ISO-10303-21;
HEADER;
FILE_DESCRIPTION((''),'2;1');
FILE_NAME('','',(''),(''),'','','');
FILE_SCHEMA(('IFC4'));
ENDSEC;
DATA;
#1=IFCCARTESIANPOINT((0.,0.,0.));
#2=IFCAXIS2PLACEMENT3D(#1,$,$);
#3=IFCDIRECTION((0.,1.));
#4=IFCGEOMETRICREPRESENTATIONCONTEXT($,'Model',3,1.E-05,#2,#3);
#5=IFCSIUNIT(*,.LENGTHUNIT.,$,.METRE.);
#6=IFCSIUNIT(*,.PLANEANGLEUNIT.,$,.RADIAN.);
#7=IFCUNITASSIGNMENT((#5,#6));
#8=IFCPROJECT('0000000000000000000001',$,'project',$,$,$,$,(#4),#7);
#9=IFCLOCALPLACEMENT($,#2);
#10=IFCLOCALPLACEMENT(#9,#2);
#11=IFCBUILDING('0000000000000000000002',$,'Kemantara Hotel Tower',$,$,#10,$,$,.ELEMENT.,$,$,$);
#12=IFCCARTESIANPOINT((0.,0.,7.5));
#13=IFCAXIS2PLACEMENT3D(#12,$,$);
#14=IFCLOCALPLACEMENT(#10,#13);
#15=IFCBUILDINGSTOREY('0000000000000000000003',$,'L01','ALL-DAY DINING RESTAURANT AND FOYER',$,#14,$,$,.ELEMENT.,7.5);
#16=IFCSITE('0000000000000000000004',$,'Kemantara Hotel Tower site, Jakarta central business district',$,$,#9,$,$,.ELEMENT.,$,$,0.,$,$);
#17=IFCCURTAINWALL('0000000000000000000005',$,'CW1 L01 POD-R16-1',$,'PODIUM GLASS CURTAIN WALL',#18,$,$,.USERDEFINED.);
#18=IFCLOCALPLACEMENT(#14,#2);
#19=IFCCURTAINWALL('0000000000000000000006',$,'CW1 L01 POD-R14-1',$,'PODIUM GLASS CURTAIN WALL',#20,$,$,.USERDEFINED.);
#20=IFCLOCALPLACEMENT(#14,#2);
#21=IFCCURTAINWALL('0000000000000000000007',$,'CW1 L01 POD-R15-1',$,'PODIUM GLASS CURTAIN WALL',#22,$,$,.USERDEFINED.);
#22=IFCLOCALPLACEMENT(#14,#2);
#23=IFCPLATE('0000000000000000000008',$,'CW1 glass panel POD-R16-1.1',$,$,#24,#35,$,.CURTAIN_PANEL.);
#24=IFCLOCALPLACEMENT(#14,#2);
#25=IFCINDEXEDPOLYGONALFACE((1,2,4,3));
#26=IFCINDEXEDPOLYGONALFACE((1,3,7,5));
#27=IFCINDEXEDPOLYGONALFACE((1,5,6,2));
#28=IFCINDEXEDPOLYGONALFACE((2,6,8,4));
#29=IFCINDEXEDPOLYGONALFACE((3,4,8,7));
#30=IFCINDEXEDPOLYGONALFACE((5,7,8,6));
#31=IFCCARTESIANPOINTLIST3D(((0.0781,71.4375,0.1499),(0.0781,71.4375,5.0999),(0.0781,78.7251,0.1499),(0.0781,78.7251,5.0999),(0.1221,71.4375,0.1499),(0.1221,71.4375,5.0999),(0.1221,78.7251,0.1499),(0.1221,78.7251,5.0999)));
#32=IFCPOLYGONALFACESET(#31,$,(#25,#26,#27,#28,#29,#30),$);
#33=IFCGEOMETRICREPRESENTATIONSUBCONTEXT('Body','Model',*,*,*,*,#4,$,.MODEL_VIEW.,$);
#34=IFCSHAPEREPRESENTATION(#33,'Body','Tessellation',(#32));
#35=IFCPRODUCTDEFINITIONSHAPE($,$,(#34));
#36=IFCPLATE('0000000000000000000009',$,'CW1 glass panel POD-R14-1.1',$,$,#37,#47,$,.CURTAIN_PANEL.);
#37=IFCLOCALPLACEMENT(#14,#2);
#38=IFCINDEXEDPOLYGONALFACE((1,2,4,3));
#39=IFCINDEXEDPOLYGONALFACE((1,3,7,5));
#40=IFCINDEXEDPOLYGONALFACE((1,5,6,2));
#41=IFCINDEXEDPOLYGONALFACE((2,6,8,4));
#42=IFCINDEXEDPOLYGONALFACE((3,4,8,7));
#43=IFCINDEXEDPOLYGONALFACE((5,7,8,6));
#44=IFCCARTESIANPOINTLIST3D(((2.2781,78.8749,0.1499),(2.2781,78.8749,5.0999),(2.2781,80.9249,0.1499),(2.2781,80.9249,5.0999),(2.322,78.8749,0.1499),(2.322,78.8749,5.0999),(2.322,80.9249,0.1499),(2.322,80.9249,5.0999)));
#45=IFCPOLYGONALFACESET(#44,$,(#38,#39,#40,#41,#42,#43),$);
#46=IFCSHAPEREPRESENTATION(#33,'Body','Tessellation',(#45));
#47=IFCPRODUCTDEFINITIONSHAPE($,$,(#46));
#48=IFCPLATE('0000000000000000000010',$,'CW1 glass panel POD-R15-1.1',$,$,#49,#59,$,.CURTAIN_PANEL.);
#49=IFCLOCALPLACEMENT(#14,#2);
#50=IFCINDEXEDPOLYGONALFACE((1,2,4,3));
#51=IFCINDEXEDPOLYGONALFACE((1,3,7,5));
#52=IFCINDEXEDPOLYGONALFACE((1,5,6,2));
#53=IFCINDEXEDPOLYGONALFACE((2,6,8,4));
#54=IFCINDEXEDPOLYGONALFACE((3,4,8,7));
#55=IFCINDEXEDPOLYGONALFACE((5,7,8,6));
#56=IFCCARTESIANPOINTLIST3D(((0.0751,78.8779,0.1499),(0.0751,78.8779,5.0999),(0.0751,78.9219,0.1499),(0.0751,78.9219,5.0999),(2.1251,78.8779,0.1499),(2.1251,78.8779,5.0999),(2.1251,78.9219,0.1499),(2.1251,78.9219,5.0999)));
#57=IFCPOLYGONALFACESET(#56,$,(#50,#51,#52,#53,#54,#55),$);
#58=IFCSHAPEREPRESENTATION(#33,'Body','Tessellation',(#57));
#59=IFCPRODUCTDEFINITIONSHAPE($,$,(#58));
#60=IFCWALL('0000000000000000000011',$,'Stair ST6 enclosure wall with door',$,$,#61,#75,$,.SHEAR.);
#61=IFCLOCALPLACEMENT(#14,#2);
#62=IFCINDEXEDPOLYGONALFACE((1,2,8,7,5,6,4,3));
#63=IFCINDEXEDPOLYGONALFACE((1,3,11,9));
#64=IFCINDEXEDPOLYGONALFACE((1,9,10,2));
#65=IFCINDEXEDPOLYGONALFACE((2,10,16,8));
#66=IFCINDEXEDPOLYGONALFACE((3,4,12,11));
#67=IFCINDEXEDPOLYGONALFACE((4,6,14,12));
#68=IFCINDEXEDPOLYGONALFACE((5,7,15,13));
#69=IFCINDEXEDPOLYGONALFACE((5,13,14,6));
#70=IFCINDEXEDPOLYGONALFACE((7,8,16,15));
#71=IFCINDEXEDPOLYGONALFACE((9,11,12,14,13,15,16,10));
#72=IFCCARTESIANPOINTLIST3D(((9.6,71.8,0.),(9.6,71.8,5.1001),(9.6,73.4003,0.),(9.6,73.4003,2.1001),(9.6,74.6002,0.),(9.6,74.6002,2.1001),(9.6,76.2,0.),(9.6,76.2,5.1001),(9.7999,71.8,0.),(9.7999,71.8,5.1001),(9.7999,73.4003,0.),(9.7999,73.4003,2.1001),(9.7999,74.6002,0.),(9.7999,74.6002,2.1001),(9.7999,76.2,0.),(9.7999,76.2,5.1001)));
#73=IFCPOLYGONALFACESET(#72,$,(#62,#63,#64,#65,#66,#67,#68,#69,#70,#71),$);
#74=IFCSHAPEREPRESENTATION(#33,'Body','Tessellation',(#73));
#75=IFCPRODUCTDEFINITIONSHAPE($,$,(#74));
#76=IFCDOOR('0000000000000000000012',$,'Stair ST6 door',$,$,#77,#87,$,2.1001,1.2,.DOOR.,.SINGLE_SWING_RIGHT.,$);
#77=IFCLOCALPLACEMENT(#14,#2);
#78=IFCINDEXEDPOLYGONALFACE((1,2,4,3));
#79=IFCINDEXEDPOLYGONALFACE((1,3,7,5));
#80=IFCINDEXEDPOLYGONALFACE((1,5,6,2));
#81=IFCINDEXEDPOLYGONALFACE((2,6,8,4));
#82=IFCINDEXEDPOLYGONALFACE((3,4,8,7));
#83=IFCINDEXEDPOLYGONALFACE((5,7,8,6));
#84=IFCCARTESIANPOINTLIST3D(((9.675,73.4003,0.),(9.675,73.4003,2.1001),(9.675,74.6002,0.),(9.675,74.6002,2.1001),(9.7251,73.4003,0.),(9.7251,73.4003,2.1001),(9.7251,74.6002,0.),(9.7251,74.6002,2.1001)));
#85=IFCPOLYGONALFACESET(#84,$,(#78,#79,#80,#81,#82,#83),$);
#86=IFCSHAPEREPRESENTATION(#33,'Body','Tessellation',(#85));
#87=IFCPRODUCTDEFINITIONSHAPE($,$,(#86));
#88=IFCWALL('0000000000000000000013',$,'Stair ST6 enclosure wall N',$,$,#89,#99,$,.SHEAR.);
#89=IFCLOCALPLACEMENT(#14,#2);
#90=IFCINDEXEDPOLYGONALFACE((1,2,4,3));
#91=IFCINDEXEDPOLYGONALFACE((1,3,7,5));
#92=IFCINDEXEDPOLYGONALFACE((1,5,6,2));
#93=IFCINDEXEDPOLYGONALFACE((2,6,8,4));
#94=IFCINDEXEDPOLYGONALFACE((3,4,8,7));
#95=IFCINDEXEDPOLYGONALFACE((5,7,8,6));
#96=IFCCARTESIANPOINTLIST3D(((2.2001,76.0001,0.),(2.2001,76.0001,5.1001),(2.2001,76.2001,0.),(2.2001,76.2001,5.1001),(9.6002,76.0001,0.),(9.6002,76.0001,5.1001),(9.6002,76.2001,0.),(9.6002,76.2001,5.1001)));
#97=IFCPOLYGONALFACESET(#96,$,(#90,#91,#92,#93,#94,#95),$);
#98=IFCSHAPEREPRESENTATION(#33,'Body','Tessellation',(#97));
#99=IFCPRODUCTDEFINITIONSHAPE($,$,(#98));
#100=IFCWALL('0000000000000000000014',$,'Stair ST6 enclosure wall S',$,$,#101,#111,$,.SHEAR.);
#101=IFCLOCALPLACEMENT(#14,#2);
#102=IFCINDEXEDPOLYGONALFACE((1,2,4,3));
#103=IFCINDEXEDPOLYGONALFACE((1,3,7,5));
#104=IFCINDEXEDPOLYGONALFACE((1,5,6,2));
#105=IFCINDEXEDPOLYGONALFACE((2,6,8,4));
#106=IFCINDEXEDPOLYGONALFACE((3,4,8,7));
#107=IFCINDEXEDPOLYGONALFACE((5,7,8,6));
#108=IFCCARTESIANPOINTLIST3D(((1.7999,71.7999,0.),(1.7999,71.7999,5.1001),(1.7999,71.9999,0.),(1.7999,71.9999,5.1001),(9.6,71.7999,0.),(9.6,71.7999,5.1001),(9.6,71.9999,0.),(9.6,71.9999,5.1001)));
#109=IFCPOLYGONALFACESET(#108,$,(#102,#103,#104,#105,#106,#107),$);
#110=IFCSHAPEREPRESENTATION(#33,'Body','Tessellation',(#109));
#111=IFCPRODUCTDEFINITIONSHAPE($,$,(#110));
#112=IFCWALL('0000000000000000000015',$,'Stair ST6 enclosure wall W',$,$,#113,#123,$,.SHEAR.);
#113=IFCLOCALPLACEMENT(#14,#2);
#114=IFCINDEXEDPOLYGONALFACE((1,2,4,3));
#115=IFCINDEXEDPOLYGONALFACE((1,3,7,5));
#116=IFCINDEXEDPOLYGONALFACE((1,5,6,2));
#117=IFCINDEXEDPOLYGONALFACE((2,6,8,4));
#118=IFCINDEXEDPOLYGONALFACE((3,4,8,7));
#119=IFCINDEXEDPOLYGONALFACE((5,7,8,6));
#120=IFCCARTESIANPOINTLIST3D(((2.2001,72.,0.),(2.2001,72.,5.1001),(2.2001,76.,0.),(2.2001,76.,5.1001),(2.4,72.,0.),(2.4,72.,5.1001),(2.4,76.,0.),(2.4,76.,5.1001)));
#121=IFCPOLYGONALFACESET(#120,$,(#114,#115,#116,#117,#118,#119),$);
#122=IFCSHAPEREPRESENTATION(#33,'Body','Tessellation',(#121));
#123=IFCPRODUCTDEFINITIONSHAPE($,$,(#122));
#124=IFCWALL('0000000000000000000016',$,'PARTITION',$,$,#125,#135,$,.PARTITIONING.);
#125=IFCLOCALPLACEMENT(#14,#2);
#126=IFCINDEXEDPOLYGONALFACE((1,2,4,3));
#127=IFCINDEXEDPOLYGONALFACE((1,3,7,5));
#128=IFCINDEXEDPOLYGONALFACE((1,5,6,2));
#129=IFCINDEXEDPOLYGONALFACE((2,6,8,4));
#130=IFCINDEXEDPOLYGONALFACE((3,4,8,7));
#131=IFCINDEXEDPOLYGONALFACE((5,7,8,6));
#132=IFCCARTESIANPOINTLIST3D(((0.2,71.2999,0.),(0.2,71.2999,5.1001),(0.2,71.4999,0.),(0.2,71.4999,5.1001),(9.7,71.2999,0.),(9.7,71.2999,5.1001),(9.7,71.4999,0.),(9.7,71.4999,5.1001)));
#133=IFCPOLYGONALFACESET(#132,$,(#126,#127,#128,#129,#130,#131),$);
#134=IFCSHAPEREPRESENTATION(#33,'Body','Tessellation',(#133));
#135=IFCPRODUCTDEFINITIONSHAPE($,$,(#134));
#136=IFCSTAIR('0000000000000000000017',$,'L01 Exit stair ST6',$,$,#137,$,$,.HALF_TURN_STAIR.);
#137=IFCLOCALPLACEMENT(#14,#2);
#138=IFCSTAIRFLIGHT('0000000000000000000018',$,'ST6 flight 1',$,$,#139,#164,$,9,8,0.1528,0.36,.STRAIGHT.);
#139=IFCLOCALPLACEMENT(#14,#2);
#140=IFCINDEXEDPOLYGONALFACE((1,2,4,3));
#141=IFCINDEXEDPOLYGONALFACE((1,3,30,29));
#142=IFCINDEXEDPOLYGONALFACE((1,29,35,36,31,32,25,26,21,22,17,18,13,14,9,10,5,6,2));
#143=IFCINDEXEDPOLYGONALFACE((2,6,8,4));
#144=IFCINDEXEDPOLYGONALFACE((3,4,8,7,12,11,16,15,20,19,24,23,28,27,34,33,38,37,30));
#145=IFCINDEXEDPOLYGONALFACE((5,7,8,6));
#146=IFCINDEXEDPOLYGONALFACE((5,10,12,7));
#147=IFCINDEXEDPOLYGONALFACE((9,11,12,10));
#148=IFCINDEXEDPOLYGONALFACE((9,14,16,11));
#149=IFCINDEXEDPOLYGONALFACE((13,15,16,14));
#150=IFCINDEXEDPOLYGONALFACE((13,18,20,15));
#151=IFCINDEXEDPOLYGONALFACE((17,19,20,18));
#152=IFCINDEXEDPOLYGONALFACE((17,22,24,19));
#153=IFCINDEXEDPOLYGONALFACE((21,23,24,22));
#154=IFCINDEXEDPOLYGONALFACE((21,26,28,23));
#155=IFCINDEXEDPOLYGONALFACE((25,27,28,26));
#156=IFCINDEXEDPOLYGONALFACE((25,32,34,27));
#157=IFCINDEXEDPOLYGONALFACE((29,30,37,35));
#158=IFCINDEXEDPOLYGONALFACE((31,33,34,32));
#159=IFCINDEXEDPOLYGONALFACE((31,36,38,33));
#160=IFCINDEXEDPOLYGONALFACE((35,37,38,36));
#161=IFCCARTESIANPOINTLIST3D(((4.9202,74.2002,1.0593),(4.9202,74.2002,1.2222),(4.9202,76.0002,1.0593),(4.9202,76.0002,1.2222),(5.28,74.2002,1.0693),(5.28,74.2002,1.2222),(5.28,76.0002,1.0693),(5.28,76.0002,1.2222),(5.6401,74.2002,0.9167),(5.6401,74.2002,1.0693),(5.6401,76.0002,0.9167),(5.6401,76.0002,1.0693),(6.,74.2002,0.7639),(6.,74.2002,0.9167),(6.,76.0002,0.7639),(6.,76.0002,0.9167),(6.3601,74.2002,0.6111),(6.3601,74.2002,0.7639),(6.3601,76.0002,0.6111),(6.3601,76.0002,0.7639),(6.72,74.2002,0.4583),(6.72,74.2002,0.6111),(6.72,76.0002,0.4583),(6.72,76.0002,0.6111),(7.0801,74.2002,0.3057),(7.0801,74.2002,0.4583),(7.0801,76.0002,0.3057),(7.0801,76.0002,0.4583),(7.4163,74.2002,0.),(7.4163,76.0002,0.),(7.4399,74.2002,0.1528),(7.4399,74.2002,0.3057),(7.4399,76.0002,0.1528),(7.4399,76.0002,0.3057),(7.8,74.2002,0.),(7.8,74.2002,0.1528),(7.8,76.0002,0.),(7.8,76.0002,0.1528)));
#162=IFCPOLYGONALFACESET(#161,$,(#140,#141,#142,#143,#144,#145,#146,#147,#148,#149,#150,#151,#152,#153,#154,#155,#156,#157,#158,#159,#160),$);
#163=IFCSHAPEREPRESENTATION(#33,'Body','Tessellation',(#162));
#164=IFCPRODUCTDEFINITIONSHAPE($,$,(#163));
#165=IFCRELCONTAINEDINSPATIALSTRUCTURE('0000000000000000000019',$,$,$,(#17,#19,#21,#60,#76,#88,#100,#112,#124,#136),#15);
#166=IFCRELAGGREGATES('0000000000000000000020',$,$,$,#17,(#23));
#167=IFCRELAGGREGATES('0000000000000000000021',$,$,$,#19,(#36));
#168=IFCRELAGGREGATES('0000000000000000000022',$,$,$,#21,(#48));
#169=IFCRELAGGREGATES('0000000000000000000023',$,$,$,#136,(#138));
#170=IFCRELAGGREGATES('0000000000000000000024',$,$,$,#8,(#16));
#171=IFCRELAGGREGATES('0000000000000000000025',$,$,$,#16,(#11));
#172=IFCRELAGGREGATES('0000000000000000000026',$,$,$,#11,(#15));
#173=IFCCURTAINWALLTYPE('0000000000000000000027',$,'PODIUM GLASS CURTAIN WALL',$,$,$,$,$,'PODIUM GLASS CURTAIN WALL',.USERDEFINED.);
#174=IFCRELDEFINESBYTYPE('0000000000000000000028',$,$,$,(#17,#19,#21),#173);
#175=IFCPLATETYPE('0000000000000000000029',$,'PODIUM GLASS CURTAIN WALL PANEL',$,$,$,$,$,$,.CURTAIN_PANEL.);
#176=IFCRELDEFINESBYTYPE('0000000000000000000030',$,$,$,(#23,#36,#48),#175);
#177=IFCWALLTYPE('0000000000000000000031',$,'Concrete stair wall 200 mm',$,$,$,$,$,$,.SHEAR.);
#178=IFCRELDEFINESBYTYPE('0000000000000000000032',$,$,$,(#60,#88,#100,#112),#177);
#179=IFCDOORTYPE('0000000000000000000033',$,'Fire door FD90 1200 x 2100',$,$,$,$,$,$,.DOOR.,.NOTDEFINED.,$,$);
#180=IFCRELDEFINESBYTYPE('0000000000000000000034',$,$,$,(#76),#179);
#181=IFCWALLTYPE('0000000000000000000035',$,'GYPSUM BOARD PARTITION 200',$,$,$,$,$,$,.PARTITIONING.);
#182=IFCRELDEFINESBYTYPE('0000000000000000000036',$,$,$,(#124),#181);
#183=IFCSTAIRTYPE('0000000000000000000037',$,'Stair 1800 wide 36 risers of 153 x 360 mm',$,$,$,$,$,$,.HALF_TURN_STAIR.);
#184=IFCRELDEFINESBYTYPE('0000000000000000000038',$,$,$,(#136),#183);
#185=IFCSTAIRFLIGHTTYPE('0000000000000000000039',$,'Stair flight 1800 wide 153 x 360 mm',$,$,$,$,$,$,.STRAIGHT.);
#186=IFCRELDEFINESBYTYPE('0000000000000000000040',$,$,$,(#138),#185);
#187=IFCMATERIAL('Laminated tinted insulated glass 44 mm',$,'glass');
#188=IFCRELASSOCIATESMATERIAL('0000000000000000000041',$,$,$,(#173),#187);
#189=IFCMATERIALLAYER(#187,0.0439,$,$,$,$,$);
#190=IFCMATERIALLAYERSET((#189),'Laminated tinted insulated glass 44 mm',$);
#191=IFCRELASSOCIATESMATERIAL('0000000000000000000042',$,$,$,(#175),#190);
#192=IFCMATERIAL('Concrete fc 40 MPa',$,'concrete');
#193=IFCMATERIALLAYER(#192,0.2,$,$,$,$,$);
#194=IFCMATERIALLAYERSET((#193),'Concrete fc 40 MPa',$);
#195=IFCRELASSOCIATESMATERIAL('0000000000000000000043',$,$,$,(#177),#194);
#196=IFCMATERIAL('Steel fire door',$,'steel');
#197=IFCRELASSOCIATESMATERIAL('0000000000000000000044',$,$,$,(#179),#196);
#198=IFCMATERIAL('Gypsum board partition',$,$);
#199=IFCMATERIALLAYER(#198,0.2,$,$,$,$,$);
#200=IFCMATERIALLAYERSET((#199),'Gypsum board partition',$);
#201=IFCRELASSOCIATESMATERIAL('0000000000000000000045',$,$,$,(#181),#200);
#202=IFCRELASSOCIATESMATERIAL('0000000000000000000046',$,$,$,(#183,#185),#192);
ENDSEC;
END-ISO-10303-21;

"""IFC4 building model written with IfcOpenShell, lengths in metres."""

from ifc_helpers import new_model, si_unit, direction, frame, frame_2d, origin, origin_2d, place, context, subcontext, project, spatial, polyline, rectangle, outline, extrude, source, transform, mapped, material, layer, layer_set, type_object, element, fill, aggregate, save


model = new_model("IFC4")

# Units and contexts
model_context = context("Model", 3, precision=1e-05, world=origin(), true_north=direction((0.0, 1.0)))
body_context = subcontext(model_context, "Body", "Model", "MODEL_VIEW")
ifc_project = project(units=[si_unit("LENGTHUNIT", "METRE"), si_unit("PLANEANGLEUNIT", "RADIAN")], contexts=[model_context])

# Site, building, storey
site_placement = place(None, origin())
site = spatial("IfcSite", under=ifc_project, at=site_placement, Name="Kemantara Hotel Tower site, Jakarta central business district", CompositionType="ELEMENT", RefElevation=0.0)
building_placement = place(site_placement, origin())
building = spatial("IfcBuilding", under=site, at=building_placement, Name="Kemantara Hotel Tower", CompositionType="ELEMENT")
storey_placement = place(building_placement, frame((0.0, 0.0, 7.5)))
storey = spatial("IfcBuildingStorey", under=building, at=storey_placement, Name="L01", Description="ALL-DAY DINING RESTAURANT AND FOYER", CompositionType="ELEMENT", Elevation=7.5)

# Curtain walls
ifc_material_1 = material(Name="Laminated tinted insulated glass 44 mm", Category="glass")
curtain_wall_type = type_object("IfcCurtainWallType", Name="PODIUM GLASS CURTAIN WALL", ElementType="PODIUM GLASS CURTAIN WALL", PredefinedType="USERDEFINED", material=ifc_material_1)
curtain_wall_1_placement = place(storey_placement, origin())
curtain_wall_1 = element("IfcCurtainWall", 1, at=curtain_wall_1_placement, inside=storey, type_object=curtain_wall_type, Name="CW1 L01 POD-R16-1", ObjectType="PODIUM GLASS CURTAIN WALL", PredefinedType="USERDEFINED")
curtain_wall_2_placement = place(storey_placement, origin())
curtain_wall_2 = element("IfcCurtainWall", 2, at=curtain_wall_2_placement, inside=storey, type_object=curtain_wall_type, Name="CW1 L01 POD-R14-1", ObjectType="PODIUM GLASS CURTAIN WALL", PredefinedType="USERDEFINED")
curtain_wall_3_placement = place(storey_placement, origin())
curtain_wall_3 = element("IfcCurtainWall", 3, at=curtain_wall_3_placement, inside=storey, type_object=curtain_wall_type, Name="CW1 L01 POD-R15-1", ObjectType="PODIUM GLASS CURTAIN WALL", PredefinedType="USERDEFINED")

# Plates
ifc_layer_1 = layer(ifc_material_1, 0.0439)
ifc_layer_set_1 = layer_set([ifc_layer_1], Name="Laminated tinted insulated glass 44 mm")
plate_type = type_object("IfcPlateType", Name="PODIUM GLASS CURTAIN WALL PANEL", PredefinedType="CURTAIN_PANEL", material=ifc_layer_set_1)
shared_shape_1 = source(origin(), body_context, "Body", "SweptSolid", [
    extrude(rectangle(XDim=7.2876, YDim=0.0439, at=origin_2d()), origin(), (0.0, 0.0, 1.0), 4.95),
])
plate_1_placement = place(storey_placement, frame((0.1001, 75.0813, 0.1499), z_axis=(0.0, 0.0, 1.0), x_axis=(0.0, -1.0, 0.0)))
plate_1 = element("IfcPlate", 4, at=plate_1_placement, type_object=plate_type, Name="CW1 glass panel POD-R16-1.1", PredefinedType="CURTAIN_PANEL", context=body_context, shape_type="MappedRepresentation", body=[
    mapped(shared_shape_1, transform((0.0, 0.0, 0.0))),
])
aggregate(curtain_wall_1, [plate_1])
shared_shape_2 = source(origin(), body_context, "Body", "SweptSolid", [
    extrude(rectangle(XDim=2.05, YDim=0.0439, at=origin_2d()), origin(), (0.0, 0.0, 1.0), 4.95),
])
plate_2_placement = place(storey_placement, frame((2.3, 79.8999, 0.1499), z_axis=(0.0, 0.0, 1.0), x_axis=(0.0, -1.0, 0.0)))
plate_2 = element("IfcPlate", 5, at=plate_2_placement, type_object=plate_type, Name="CW1 glass panel POD-R14-1.1", PredefinedType="CURTAIN_PANEL", context=body_context, shape_type="MappedRepresentation", body=[
    mapped(shared_shape_2, transform((0.0, 0.0, 0.0))),
])
aggregate(curtain_wall_2, [plate_2])
plate_3_placement = place(storey_placement, frame((1.1001, 78.8999, 0.1499), z_axis=(0.0, 0.0, 1.0), x_axis=(-1.0, 0.0, 0.0)))
plate_3 = element("IfcPlate", 6, at=plate_3_placement, type_object=plate_type, Name="CW1 glass panel POD-R15-1.1", PredefinedType="CURTAIN_PANEL", context=body_context, shape_type="MappedRepresentation", body=[
    mapped(shared_shape_2, transform((0.0, 0.0, 0.0))),
])
aggregate(curtain_wall_3, [plate_3])

# Wall, opening, door
ifc_material_2 = material(Name="Concrete fc 40 MPa", Category="concrete")
ifc_layer_2 = layer(ifc_material_2, 0.2)
ifc_layer_set_2 = layer_set([ifc_layer_2], Name="Concrete fc 40 MPa")
wall_type_1 = type_object("IfcWallType", Name="Concrete stair wall 200 mm", PredefinedType="SHEAR", material=ifc_layer_set_2)
wall_1_placement = place(storey_placement, frame((9.7, 71.8, 0.0), z_axis=(0.0, 0.0, 1.0), x_axis=(0.0, 1.0, 0.0)))
wall_1 = element("IfcWall", 7, at=wall_1_placement, inside=storey, type_object=wall_type_1, Name="Stair ST6 enclosure wall with door", PredefinedType="SHEAR", context=body_context, shape_type="SweptSolid", body=[
    extrude(rectangle(XDim=4.3999, YDim=0.2, at=frame_2d((2.2, 0.0))), origin(), (0.0, 0.0, 1.0), 5.1001),
])
opening_placement = place(wall_1_placement, frame((1.6001, 0.0, 0.0)))
opening = element("IfcOpeningElement", 8, at=opening_placement, cuts=wall_1, PredefinedType="OPENING", context=body_context, shape_type="SweptSolid", body=[
    extrude(rectangle(XDim=1.2, YDim=2.1001, at=frame_2d((0.6001, 1.05))), frame((0.0, 0.1099, 0.0), z_axis=(0.0, -1.0, 0.0), x_axis=(1.0, 0.0, 0.0)), (0.0, 0.0, 1.0), 0.22),
])
ifc_material_3 = material(Name="Steel fire door", Category="steel")
door_type = type_object("IfcDoorType", Name="Fire door FD90 1200 x 2100", OperationType="NOTDEFINED", PredefinedType="DOOR", material=ifc_material_3)
door_placement = place(opening_placement, origin())
door = element("IfcDoor", 9, at=door_placement, inside=storey, type_object=door_type, Name="Stair ST6 door", OperationType="SINGLE_SWING_RIGHT", OverallHeight=2.1001, OverallWidth=1.2, PredefinedType="DOOR", context=body_context, shape_type="SweptSolid", body=[
    extrude(rectangle(XDim=1.2, YDim=2.1001, at=frame_2d((0.6001, 1.05))), frame((0.0, 0.0249, 0.0), z_axis=(0.0, -1.0, 0.0), x_axis=(1.0, 0.0, 0.0)), (0.0, 0.0, 1.0), 0.05),
])
fill(opening, door)

# Walls
wall_2_placement = place(storey_placement, frame((2.2, 76.1001, 0.0), z_axis=(0.0, 0.0, 1.0), x_axis=(1.0, 0.0, 0.0)))
element("IfcWall", 10, at=wall_2_placement, inside=storey, type_object=wall_type_1, Name="Stair ST6 enclosure wall N", PredefinedType="SHEAR", context=body_context, shape_type="SweptSolid", body=[
    extrude(rectangle(XDim=7.4001, YDim=0.2, at=frame_2d((3.7002, 0.0))), origin(), (0.0, 0.0, 1.0), 5.1001),
])
wall_3_placement = place(storey_placement, frame((1.8, 71.8999, 0.0), z_axis=(0.0, 0.0, 1.0), x_axis=(1.0, 0.0, 0.0)))
element("IfcWall", 11, at=wall_3_placement, inside=storey, type_object=wall_type_1, Name="Stair ST6 enclosure wall S", PredefinedType="SHEAR", context=body_context, shape_type="SweptSolid", body=[
    extrude(rectangle(XDim=7.8, YDim=0.2, at=frame_2d((3.8999, 0.0))), origin(), (0.0, 0.0, 1.0), 5.1001),
])
wall_4_placement = place(storey_placement, frame((2.3, 72.0, 0.0), z_axis=(0.0, 0.0, 1.0), x_axis=(0.0, 1.0, 0.0)))
element("IfcWall", 12, at=wall_4_placement, inside=storey, type_object=wall_type_1, Name="Stair ST6 enclosure wall W", PredefinedType="SHEAR", context=body_context, shape_type="SweptSolid", body=[
    extrude(rectangle(XDim=4.0, YDim=0.2, at=frame_2d((2.0, 0.0))), origin(), (0.0, 0.0, 1.0), 5.1001),
])
ifc_material_4 = material(Name="Gypsum board partition")
ifc_layer_3 = layer(ifc_material_4, 0.2)
ifc_layer_set_3 = layer_set([ifc_layer_3], Name="Gypsum board partition")
wall_type_2 = type_object("IfcWallType", Name="GYPSUM BOARD PARTITION 200", PredefinedType="PARTITIONING", material=ifc_layer_set_3)
wall_5_placement = place(storey_placement, frame((0.2, 71.3999, 0.0), z_axis=(0.0, 0.0, 1.0), x_axis=(1.0, 0.0, 0.0)))
element("IfcWall", 13, at=wall_5_placement, inside=storey, type_object=wall_type_2, Name="PARTITION", PredefinedType="PARTITIONING", context=body_context, shape_type="SweptSolid", body=[
    extrude(rectangle(XDim=9.5, YDim=0.2, at=frame_2d((4.75, 0.0))), origin(), (0.0, 0.0, 1.0), 5.1001),
])

# Stair, stair flight
stair_type = type_object("IfcStairType", Name="Stair 1800 wide 36 risers of 153 x 360 mm", PredefinedType="HALF_TURN_STAIR", material=ifc_material_2)
stair_placement = place(storey_placement, origin())
stair = element("IfcStair", 14, at=stair_placement, inside=storey, type_object=stair_type, Name="L01 Exit stair ST6", PredefinedType="HALF_TURN_STAIR")
stair_flight_type = type_object("IfcStairFlightType", Name="Stair flight 1800 wide 153 x 360 mm", PredefinedType="STRAIGHT", material=ifc_material_2)
stair_flight_1_placement = place(storey_placement, frame((7.8, 75.1001, 0.0), z_axis=(0.0, 0.0, 1.0), x_axis=(-1.0, 0.0, 0.0)))
stair_flight_1 = element("IfcStairFlight", 15, at=stair_flight_1_placement, type_object=stair_flight_type, Name="ST6 flight 1", NumberOfRisers=9, NumberOfTreads=8, PredefinedType="STRAIGHT", RiserHeight=0.1528, TreadLength=0.36, context=body_context, shape_type="SweptSolid", body=[
    extrude(outline(polyline([(0.0, 0.0), (0.0, 0.1528), (0.3601, 0.1528), (0.3601, 0.3057), (0.72, 0.3057), (0.72, 0.4583), (1.0801, 0.4583), (1.0801, 0.6111), (1.4399, 0.6111), (1.4399, 0.7639), (1.8, 0.7639), (1.8, 0.9167), (2.1599, 0.9167), (2.1599, 1.0693), (2.52, 1.0693), (2.52, 1.2222), (2.8799, 1.2222), (2.8799, 1.375), (2.8799, 1.0593), (0.3838, 0.0), (0.0, 0.0)])), frame((0.0, 0.8999, 0.0), z_axis=(0.0, -1.0, 0.0), x_axis=(1.0, 0.0, 0.0)), (0.0, 0.0, 1.0), 1.8),
])
aggregate(stair, [stair_flight_1])

save(model, "model.ifc")
